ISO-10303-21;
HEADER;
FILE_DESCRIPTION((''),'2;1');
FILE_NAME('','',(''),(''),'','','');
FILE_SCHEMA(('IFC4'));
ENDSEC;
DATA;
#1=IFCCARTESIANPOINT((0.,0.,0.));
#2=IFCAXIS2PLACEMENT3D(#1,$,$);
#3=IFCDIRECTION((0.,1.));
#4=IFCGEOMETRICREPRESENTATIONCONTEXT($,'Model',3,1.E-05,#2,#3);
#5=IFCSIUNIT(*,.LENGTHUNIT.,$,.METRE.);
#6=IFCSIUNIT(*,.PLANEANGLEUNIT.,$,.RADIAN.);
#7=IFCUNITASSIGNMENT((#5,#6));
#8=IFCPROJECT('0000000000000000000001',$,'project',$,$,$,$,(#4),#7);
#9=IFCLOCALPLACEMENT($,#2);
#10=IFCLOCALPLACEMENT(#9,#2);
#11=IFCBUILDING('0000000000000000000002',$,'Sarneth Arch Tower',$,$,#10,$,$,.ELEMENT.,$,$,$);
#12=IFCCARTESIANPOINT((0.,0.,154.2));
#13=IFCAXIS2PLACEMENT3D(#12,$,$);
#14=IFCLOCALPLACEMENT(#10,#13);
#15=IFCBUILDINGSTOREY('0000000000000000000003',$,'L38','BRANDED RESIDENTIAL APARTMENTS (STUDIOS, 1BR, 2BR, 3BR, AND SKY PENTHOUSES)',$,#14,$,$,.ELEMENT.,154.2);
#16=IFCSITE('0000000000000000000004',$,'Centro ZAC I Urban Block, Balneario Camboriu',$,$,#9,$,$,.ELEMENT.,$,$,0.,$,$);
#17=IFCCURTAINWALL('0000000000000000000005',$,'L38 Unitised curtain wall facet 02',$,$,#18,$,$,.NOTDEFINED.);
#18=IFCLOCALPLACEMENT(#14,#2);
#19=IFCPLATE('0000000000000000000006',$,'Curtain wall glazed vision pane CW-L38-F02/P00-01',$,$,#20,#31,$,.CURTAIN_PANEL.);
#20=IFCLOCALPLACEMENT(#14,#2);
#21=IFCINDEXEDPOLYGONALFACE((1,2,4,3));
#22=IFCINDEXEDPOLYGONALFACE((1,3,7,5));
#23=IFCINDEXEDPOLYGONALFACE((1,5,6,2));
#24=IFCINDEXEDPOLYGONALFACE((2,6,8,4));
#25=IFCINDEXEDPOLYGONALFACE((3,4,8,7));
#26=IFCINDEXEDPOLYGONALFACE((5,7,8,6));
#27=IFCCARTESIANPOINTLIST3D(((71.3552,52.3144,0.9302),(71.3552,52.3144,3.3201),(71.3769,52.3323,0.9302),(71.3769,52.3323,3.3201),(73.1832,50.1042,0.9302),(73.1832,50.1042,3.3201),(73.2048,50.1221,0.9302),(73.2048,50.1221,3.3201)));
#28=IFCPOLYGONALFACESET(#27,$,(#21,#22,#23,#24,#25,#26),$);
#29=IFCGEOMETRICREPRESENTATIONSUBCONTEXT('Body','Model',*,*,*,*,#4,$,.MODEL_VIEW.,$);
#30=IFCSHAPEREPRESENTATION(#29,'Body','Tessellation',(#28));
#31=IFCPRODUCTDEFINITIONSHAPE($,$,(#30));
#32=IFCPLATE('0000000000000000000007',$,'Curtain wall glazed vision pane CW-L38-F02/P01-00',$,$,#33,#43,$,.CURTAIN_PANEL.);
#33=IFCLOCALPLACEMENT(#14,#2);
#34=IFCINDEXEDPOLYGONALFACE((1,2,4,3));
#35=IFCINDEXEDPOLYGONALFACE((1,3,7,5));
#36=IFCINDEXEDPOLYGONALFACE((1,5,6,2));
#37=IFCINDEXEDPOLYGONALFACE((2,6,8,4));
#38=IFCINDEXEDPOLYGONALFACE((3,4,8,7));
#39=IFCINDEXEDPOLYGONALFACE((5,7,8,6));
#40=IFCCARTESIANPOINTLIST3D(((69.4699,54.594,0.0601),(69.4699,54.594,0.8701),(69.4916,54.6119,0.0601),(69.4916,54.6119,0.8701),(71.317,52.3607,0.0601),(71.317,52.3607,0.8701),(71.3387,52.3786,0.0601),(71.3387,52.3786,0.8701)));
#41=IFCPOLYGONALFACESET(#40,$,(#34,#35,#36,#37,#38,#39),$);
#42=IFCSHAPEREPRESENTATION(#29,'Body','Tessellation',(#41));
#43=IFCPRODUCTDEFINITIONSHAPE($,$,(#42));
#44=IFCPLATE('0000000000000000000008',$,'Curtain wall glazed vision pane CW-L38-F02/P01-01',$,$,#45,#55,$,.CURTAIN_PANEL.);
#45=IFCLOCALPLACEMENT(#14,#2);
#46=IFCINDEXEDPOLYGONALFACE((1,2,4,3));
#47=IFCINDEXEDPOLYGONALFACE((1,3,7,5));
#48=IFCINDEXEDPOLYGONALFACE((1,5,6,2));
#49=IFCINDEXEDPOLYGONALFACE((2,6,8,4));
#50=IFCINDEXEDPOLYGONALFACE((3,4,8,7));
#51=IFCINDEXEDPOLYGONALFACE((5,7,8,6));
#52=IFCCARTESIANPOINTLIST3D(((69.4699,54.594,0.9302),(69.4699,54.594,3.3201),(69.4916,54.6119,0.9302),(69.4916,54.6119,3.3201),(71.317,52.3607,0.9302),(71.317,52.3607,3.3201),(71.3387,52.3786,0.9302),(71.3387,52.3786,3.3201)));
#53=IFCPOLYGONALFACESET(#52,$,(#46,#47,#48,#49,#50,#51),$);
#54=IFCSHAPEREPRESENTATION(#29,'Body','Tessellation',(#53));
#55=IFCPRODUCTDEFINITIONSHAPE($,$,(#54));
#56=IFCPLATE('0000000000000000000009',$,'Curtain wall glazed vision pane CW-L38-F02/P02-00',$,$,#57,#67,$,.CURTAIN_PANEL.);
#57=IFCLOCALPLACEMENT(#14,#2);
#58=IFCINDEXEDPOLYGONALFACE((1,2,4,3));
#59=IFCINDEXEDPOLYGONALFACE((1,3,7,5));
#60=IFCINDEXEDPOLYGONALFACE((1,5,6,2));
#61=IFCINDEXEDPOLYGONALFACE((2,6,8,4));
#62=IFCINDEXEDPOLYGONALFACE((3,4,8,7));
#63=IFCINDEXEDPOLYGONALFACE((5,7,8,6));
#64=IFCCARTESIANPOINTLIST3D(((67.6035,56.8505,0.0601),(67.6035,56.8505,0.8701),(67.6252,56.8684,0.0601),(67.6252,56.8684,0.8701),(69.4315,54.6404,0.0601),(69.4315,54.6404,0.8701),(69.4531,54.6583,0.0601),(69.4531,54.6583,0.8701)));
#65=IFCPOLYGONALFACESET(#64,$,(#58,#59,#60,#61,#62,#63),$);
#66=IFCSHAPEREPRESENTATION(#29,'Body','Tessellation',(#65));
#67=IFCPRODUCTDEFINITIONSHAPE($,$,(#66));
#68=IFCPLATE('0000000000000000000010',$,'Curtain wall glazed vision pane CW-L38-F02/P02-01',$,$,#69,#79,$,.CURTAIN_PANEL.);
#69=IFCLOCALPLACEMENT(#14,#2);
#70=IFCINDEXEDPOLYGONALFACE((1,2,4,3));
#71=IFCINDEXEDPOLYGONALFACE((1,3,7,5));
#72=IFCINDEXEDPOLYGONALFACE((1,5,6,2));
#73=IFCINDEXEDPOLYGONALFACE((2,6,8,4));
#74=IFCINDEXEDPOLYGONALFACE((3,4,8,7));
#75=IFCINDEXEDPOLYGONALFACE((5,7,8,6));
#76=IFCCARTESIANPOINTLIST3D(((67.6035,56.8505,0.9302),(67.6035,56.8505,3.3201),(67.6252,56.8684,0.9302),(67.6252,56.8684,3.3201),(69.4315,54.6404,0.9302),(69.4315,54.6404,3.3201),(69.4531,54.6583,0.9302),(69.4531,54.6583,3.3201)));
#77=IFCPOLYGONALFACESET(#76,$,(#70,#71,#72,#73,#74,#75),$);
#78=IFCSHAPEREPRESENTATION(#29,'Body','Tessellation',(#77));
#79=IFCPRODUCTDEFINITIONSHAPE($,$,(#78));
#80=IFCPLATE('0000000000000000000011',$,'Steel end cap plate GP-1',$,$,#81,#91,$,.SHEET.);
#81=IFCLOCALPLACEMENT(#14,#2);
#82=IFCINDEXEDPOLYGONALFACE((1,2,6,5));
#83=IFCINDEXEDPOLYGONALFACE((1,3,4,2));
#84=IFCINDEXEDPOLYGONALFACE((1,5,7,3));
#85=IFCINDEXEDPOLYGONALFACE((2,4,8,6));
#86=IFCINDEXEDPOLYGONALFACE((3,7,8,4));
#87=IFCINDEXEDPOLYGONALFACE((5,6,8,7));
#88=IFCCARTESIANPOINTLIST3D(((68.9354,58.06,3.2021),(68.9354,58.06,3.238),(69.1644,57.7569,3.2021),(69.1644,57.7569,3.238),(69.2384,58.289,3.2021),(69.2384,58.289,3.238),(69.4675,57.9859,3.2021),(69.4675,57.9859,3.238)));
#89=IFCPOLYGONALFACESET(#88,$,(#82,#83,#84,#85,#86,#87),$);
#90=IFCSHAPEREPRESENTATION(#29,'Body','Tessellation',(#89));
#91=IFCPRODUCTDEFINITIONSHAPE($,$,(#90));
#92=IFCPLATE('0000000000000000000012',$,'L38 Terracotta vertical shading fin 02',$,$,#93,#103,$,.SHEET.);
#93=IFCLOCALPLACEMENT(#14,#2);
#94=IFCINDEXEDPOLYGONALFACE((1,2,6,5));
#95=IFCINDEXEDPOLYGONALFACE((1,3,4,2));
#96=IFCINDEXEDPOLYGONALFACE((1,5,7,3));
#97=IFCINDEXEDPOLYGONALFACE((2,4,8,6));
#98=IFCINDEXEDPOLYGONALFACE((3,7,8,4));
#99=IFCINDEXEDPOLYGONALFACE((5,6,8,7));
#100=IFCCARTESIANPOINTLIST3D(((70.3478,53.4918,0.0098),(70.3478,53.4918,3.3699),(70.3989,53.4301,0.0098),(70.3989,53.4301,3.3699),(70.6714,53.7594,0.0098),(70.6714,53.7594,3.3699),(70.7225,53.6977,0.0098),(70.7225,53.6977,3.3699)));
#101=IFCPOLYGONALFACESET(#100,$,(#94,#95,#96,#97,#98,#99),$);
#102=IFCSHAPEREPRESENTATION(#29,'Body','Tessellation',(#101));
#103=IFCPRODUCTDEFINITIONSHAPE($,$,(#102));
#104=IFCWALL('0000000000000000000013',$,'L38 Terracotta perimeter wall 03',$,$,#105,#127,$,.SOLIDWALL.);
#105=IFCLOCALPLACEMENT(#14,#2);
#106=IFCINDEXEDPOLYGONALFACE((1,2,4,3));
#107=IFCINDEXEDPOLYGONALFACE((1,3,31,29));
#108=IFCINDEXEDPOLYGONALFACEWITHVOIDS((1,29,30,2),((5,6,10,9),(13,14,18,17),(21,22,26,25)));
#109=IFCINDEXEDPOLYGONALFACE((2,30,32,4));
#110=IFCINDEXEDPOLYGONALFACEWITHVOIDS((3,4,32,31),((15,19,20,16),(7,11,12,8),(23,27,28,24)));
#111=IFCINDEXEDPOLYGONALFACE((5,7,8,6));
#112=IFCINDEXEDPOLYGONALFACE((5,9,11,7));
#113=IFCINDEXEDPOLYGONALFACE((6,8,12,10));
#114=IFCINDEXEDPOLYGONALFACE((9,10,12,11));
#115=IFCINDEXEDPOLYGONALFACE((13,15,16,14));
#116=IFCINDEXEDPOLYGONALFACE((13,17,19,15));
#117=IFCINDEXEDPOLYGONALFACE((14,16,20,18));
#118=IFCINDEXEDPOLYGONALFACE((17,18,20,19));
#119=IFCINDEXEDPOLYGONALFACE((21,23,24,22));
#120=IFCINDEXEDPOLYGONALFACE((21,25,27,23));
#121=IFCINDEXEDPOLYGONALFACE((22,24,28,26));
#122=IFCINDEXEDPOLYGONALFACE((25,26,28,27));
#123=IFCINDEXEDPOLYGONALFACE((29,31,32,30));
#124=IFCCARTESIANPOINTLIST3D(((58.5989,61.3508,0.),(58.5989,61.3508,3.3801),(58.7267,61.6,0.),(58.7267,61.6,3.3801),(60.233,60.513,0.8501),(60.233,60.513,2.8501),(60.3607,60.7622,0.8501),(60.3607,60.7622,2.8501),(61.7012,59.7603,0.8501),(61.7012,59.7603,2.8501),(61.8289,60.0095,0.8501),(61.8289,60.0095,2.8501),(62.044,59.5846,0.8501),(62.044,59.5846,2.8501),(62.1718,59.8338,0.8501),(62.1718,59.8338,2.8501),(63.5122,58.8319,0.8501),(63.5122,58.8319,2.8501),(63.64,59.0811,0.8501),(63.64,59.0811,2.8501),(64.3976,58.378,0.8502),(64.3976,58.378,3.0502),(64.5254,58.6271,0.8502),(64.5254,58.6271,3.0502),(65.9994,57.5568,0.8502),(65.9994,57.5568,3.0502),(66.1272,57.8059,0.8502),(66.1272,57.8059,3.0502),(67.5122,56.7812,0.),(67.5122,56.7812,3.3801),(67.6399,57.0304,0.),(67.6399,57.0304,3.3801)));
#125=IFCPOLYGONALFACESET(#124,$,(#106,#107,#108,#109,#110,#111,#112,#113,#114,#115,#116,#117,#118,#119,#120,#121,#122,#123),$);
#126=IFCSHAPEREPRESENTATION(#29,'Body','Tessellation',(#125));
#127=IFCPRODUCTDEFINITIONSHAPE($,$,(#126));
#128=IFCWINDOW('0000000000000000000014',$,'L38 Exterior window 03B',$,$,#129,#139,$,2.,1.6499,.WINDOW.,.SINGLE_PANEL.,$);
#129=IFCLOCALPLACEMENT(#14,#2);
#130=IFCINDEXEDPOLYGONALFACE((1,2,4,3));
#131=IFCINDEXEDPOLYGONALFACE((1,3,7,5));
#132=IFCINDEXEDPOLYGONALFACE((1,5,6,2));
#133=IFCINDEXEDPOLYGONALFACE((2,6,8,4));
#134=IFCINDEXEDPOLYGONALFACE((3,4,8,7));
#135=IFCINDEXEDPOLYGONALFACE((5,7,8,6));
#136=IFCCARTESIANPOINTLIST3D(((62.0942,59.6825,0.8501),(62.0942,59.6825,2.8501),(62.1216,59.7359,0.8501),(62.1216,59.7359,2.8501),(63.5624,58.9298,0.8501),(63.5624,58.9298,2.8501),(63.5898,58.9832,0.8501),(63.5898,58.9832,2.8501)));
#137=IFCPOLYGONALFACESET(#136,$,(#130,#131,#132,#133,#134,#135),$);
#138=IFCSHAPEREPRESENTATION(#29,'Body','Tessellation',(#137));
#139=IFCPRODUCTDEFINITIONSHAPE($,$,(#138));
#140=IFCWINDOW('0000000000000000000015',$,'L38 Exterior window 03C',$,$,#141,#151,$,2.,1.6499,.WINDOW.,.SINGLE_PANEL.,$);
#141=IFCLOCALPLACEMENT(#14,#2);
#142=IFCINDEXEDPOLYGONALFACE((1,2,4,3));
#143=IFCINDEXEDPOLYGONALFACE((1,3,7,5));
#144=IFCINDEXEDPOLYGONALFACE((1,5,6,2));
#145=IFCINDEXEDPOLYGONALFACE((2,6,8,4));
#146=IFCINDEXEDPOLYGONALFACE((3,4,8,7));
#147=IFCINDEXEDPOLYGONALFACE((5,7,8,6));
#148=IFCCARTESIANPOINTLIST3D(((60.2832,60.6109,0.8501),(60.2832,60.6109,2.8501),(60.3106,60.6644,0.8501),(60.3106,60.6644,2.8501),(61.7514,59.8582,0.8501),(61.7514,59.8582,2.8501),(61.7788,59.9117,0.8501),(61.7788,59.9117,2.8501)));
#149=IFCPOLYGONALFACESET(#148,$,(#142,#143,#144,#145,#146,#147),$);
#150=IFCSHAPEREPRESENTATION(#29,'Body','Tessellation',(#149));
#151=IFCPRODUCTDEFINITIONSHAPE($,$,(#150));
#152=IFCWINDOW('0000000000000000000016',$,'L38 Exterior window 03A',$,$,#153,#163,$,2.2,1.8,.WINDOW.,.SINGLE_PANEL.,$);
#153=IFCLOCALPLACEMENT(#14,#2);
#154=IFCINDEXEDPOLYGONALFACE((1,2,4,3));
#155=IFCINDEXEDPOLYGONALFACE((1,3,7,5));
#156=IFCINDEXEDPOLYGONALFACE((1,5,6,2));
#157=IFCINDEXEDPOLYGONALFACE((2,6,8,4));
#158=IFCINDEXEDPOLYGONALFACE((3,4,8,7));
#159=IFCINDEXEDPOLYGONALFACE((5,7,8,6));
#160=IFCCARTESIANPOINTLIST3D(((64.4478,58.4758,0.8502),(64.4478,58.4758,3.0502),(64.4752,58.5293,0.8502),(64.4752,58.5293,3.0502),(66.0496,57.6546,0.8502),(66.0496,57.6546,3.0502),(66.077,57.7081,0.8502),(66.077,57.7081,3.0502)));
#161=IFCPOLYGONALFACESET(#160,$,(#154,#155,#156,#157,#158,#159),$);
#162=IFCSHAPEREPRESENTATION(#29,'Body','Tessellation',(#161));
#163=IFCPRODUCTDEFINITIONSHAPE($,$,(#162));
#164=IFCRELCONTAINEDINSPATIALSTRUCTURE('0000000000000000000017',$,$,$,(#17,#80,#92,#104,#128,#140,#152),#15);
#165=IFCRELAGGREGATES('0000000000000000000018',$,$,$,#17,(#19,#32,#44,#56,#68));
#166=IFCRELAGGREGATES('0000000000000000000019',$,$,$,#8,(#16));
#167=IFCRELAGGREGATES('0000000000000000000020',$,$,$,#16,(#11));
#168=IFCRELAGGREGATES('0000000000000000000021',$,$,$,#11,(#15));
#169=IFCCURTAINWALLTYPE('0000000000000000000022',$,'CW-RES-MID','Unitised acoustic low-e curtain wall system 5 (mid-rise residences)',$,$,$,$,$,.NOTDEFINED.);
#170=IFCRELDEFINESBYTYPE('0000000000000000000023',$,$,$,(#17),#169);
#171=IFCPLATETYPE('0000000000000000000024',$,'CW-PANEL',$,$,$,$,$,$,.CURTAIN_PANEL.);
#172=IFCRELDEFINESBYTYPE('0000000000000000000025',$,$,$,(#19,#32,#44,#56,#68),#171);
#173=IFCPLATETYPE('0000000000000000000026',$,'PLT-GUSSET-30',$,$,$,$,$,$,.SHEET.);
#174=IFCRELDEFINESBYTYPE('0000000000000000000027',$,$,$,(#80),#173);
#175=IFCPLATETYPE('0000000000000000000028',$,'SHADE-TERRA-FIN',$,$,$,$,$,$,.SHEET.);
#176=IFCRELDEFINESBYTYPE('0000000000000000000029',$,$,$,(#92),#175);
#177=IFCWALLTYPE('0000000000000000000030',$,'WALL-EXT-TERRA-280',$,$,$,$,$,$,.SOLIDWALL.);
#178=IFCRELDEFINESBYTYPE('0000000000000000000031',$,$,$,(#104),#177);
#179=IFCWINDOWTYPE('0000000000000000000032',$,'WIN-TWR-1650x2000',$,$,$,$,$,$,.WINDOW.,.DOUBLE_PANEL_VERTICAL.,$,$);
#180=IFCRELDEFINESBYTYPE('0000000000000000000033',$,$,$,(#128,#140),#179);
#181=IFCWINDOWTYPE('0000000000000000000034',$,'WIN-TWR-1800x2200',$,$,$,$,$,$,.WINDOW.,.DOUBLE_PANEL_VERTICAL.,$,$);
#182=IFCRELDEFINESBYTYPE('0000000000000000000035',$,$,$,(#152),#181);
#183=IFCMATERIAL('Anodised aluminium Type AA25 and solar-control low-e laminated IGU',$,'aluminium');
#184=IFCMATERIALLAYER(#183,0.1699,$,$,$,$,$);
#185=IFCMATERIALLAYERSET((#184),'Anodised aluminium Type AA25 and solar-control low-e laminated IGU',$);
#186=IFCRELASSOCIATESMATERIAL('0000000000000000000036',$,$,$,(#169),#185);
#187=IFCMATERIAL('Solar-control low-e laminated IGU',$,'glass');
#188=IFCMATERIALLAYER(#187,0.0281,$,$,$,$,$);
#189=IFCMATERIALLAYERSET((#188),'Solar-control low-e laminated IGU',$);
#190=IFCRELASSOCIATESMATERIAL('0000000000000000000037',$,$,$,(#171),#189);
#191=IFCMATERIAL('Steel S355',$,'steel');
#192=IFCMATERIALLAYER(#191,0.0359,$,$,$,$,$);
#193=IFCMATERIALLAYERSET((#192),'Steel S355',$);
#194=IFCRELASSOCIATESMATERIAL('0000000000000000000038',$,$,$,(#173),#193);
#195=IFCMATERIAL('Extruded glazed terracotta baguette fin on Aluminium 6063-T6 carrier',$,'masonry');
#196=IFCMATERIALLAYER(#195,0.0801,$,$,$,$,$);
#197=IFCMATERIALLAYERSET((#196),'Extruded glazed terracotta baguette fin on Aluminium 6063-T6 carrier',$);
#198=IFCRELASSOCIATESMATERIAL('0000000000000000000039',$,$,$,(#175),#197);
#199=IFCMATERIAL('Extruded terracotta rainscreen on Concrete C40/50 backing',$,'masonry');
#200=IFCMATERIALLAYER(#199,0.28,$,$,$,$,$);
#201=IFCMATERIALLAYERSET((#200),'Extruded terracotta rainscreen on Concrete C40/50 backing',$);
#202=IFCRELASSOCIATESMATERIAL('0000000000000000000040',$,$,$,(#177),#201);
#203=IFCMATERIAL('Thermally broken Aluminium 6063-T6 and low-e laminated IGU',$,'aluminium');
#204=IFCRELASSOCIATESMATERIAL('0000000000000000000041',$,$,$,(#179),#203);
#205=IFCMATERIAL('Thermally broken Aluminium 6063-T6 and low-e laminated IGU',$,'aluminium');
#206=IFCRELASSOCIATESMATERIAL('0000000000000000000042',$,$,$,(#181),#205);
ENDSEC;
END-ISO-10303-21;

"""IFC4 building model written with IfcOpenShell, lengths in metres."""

from ifc_helpers import new_model, si_unit, direction, frame, frame_2d, origin, origin_2d, place, context, subcontext, project, spatial, rectangle, extrude, material, layer, layer_set, type_object, element, fill, aggregate, save


model = new_model("IFC4")

# Units and contexts
model_context = context("Model", 3, precision=1e-05, world=origin(), true_north=direction((0.0, 1.0)))
body_context = subcontext(model_context, "Body", "Model", "MODEL_VIEW")
ifc_project = project(units=[si_unit("LENGTHUNIT", "METRE"), si_unit("PLANEANGLEUNIT", "RADIAN")], contexts=[model_context])

# Site, building, storey
site_placement = place(None, origin())
site = spatial("IfcSite", under=ifc_project, at=site_placement, Name="Centro ZAC I Urban Block, Balneario Camboriu", CompositionType="ELEMENT", RefElevation=0.0)
building_placement = place(site_placement, origin())
building = spatial("IfcBuilding", under=site, at=building_placement, Name="Sarneth Arch Tower", CompositionType="ELEMENT")
storey_placement = place(building_placement, frame((0.0, 0.0, 154.2)))
storey = spatial("IfcBuildingStorey", under=building, at=storey_placement, Name="L38", Description="BRANDED RESIDENTIAL APARTMENTS (STUDIOS, 1BR, 2BR, 3BR, AND SKY PENTHOUSES)", CompositionType="ELEMENT", Elevation=154.2)

# Curtain wall
ifc_material_1 = material(Name="Anodised aluminium Type AA25 and solar-control low-e laminated IGU", Category="aluminium")
ifc_layer_1 = layer(ifc_material_1, 0.1699)
ifc_layer_set_1 = layer_set([ifc_layer_1], Name="Anodised aluminium Type AA25 and solar-control low-e laminated IGU")
curtain_wall_type = type_object("IfcCurtainWallType", Name="CW-RES-MID", Description="Unitised acoustic low-e curtain wall system 5 (mid-rise residences)", PredefinedType="NOTDEFINED", material=ifc_layer_set_1)
curtain_wall_placement = place(storey_placement, origin())
curtain_wall = element("IfcCurtainWall", 1, at=curtain_wall_placement, inside=storey, type_object=curtain_wall_type, Name="L38 Unitised curtain wall facet 02", PredefinedType="NOTDEFINED")

# Plates
ifc_material_2 = material(Name="Solar-control low-e laminated IGU", Category="glass")
ifc_layer_2 = layer(ifc_material_2, 0.0281)
ifc_layer_set_2 = layer_set([ifc_layer_2], Name="Solar-control low-e laminated IGU")
plate_type_1 = type_object("IfcPlateType", Name="CW-PANEL", PredefinedType="CURTAIN_PANEL", material=ifc_layer_set_2)
plate_1_placement = place(storey_placement, frame((72.28, 51.2183, 0.9302), z_axis=(0.0, 0.0, 1.0), x_axis=(-0.63733, 0.770591, 0.0)))
plate_1 = element("IfcPlate", 2, at=plate_1_placement, type_object=plate_type_1, Name="Curtain wall glazed vision pane CW-L38-F02/P00-01", PredefinedType="CURTAIN_PANEL", context=body_context, shape_type="SweptSolid", body=[
    extrude(rectangle(XDim=2.8682, YDim=0.0281, at=origin_2d()), origin(), (0.0, 0.0, 1.0), 2.3899),
])
plate_2_placement = place(storey_placement, frame((70.4043, 53.4863, 0.0601), z_axis=(0.0, 0.0, 1.0), x_axis=(-0.63733, 0.770591, 0.0)))
plate_2 = element("IfcPlate", 3, at=plate_2_placement, type_object=plate_type_1, Name="Curtain wall glazed vision pane CW-L38-F02/P01-00", PredefinedType="CURTAIN_PANEL", context=body_context, shape_type="SweptSolid", body=[
    extrude(rectangle(XDim=2.8982, YDim=0.0281, at=origin_2d()), origin(), (0.0, 0.0, 1.0), 0.8101),
])
plate_3_placement = place(storey_placement, frame((70.4043, 53.4863, 0.9302), z_axis=(0.0, 0.0, 1.0), x_axis=(-0.63733, 0.770591, 0.0)))
plate_3 = element("IfcPlate", 4, at=plate_3_placement, type_object=plate_type_1, Name="Curtain wall glazed vision pane CW-L38-F02/P01-01", PredefinedType="CURTAIN_PANEL", context=body_context, shape_type="SweptSolid", body=[
    extrude(rectangle(XDim=2.8982, YDim=0.0281, at=origin_2d()), origin(), (0.0, 0.0, 1.0), 2.3899),
])
plate_4_placement = place(storey_placement, frame((68.5283, 55.7544, 0.0601), z_axis=(0.0, 0.0, 1.0), x_axis=(-0.63733, 0.770591, 0.0)))
plate_4 = element("IfcPlate", 5, at=plate_4_placement, type_object=plate_type_1, Name="Curtain wall glazed vision pane CW-L38-F02/P02-00", PredefinedType="CURTAIN_PANEL", context=body_context, shape_type="SweptSolid", body=[
    extrude(rectangle(XDim=2.8682, YDim=0.0281, at=origin_2d()), origin(), (0.0, 0.0, 1.0), 0.8101),
])
plate_5_placement = place(storey_placement, frame((68.5283, 55.7544, 0.9302), z_axis=(0.0, 0.0, 1.0), x_axis=(-0.63733, 0.770591, 0.0)))
plate_5 = element("IfcPlate", 6, at=plate_5_placement, type_object=plate_type_1, Name="Curtain wall glazed vision pane CW-L38-F02/P02-01", PredefinedType="CURTAIN_PANEL", context=body_context, shape_type="SweptSolid", body=[
    extrude(rectangle(XDim=2.8682, YDim=0.0281, at=origin_2d()), origin(), (0.0, 0.0, 1.0), 2.3899),
])
aggregate(curtain_wall, [plate_1, plate_2, plate_3, plate_4, plate_5])

# Plates
ifc_material_3 = material(Name="Steel S355", Category="steel")
ifc_layer_3 = layer(ifc_material_3, 0.0359)
ifc_layer_set_3 = layer_set([ifc_layer_3], Name="Steel S355")
plate_type_2 = type_object("IfcPlateType", Name="PLT-GUSSET-30", PredefinedType="SHEET", material=ifc_layer_set_3)
plate_6_placement = place(storey_placement, frame((69.2014, 58.0229, 3.2021), z_axis=(0.0, 0.0, 1.0), x_axis=(0.797794, 0.60293, 0.0)))
element("IfcPlate", 7, at=plate_6_placement, inside=storey, type_object=plate_type_2, Name="Steel end cap plate GP-1", PredefinedType="SHEET", context=body_context, shape_type="SweptSolid", body=[
    extrude(rectangle(XDim=0.3799, YDim=0.3799, at=origin_2d()), origin(), (0.0, 0.0, 1.0), 0.0359),
])
ifc_material_4 = material(Name="Extruded glazed terracotta baguette fin on Aluminium 6063-T6 carrier", Category="masonry")
ifc_layer_4 = layer(ifc_material_4, 0.0801)
ifc_layer_set_4 = layer_set([ifc_layer_4], Name="Extruded glazed terracotta baguette fin on Aluminium 6063-T6 carrier")
plate_type_3 = type_object("IfcPlateType", Name="SHADE-TERRA-FIN", PredefinedType="SHEET", material=ifc_layer_set_4)
plate_7_placement = place(storey_placement, frame((70.5352, 53.5947, 0.0098), z_axis=(0.0, 0.0, 1.0), x_axis=(0.770624, 0.63729, 0.0)))
element("IfcPlate", 8, at=plate_7_placement, inside=storey, type_object=plate_type_3, Name="L38 Terracotta vertical shading fin 02", PredefinedType="SHEET", context=body_context, shape_type="SweptSolid", body=[
    extrude(rectangle(XDim=0.4199, YDim=0.0801, at=origin_2d()), origin(), (0.0, 0.0, 1.0), 3.3601),
])

# Wall, openings, windows
ifc_material_5 = material(Name="Extruded terracotta rainscreen on Concrete C40/50 backing", Category="masonry")
ifc_layer_5 = layer(ifc_material_5, 0.28)
ifc_layer_set_5 = layer_set([ifc_layer_5], Name="Extruded terracotta rainscreen on Concrete C40/50 backing")
wall_type = type_object("IfcWallType", Name="WALL-EXT-TERRA-280", PredefinedType="SOLIDWALL", material=ifc_layer_set_5)
wall_placement = place(storey_placement, frame((67.5762, 56.9058, 0.0), z_axis=(0.0, 0.0, 1.0), x_axis=(-0.889873, 0.456209, 0.0)))
wall = element("IfcWall", 9, at=wall_placement, inside=storey, type_object=wall_type, Name="L38 Terracotta perimeter wall 03", PredefinedType="SOLIDWALL", context=body_context, shape_type="SweptSolid", body=[
    extrude(rectangle(XDim=10.0164, YDim=0.28, at=frame_2d((5.0083, 0.0))), origin(), (0.0, 0.0, 1.0), 3.3801),
])
opening_1_placement = place(wall_placement, frame((1.7002, 0.0, 0.8501)))
opening_1 = element("IfcOpeningElement", 10, at=opening_1_placement, cuts=wall, PredefinedType="OPENING", context=body_context, shape_type="SweptSolid", body=[
    extrude(rectangle(XDim=1.8, YDim=2.2, at=frame_2d((0.8999, 1.1001))), frame((0.0, 0.1499, 0.0), z_axis=(0.0, -1.0, 0.0), x_axis=(1.0, 0.0, 0.0)), (0.0, 0.0, 1.0), 0.3),
])
opening_2_placement = place(wall_placement, frame((4.4951, 0.0, 0.8501)))
opening_2 = element("IfcOpeningElement", 11, at=opening_2_placement, cuts=wall, PredefinedType="OPENING", context=body_context, shape_type="SweptSolid", body=[
    extrude(rectangle(XDim=1.6499, YDim=2.0, at=frame_2d((0.825, 1.0))), frame((0.0, 0.1499, 0.0), z_axis=(0.0, -1.0, 0.0), x_axis=(1.0, 0.0, 0.0)), (0.0, 0.0, 1.0), 0.3),
])
opening_3_placement = place(wall_placement, frame((6.5303, 0.0, 0.8501)))
opening_3 = element("IfcOpeningElement", 12, at=opening_3_placement, cuts=wall, PredefinedType="OPENING", context=body_context, shape_type="SweptSolid", body=[
    extrude(rectangle(XDim=1.6499, YDim=2.0, at=frame_2d((0.825, 1.0))), frame((0.0, 0.1499, 0.0), z_axis=(0.0, -1.0, 0.0), x_axis=(1.0, 0.0, 0.0)), (0.0, 0.0, 1.0), 0.3),
])
ifc_material_6 = material(Name="Thermally broken Aluminium 6063-T6 and low-e laminated IGU", Category="aluminium")
window_type_1 = type_object("IfcWindowType", Name="WIN-TWR-1650x2000", PartitioningType="DOUBLE_PANEL_VERTICAL", PredefinedType="WINDOW", material=ifc_material_6)
window_1_placement = place(opening_2_placement, origin())
window_1 = element("IfcWindow", 13, at=window_1_placement, inside=storey, type_object=window_type_1, Name="L38 Exterior window 03B", OverallHeight=2.0, OverallWidth=1.6499, PartitioningType="SINGLE_PANEL", PredefinedType="WINDOW", context=body_context, shape_type="SweptSolid", body=[
    extrude(rectangle(XDim=1.6499, YDim=2.0, at=frame_2d((0.825, 1.0))), frame((0.0, 0.03, 0.0), z_axis=(0.0, -1.0, 0.0), x_axis=(1.0, 0.0, 0.0)), (0.0, 0.0, 1.0), 0.0601),
])
fill(opening_2, window_1)
window_2_placement = place(opening_3_placement, origin())
window_2 = element("IfcWindow", 14, at=window_2_placement, inside=storey, type_object=window_type_1, Name="L38 Exterior window 03C", OverallHeight=2.0, OverallWidth=1.6499, PartitioningType="SINGLE_PANEL", PredefinedType="WINDOW", context=body_context, shape_type="SweptSolid", body=[
    extrude(rectangle(XDim=1.6499, YDim=2.0, at=frame_2d((0.825, 1.0))), frame((0.0, 0.03, 0.0), z_axis=(0.0, -1.0, 0.0), x_axis=(1.0, 0.0, 0.0)), (0.0, 0.0, 1.0), 0.0601),
])
fill(opening_3, window_2)
ifc_material_7 = material(Name="Thermally broken Aluminium 6063-T6 and low-e laminated IGU", Category="aluminium")
window_type_2 = type_object("IfcWindowType", Name="WIN-TWR-1800x2200", PartitioningType="DOUBLE_PANEL_VERTICAL", PredefinedType="WINDOW", material=ifc_material_7)
window_3_placement = place(opening_1_placement, origin())
window_3 = element("IfcWindow", 15, at=window_3_placement, inside=storey, type_object=window_type_2, Name="L38 Exterior window 03A", OverallHeight=2.2, OverallWidth=1.8, PartitioningType="SINGLE_PANEL", PredefinedType="WINDOW", context=body_context, shape_type="SweptSolid", body=[
    extrude(rectangle(XDim=1.8, YDim=2.2, at=frame_2d((0.8999, 1.1001))), frame((0.0, 0.03, 0.0), z_axis=(0.0, -1.0, 0.0), x_axis=(1.0, 0.0, 0.0)), (0.0, 0.0, 1.0), 0.0601),
])
fill(opening_1, window_3)

save(model, "model.ifc")
